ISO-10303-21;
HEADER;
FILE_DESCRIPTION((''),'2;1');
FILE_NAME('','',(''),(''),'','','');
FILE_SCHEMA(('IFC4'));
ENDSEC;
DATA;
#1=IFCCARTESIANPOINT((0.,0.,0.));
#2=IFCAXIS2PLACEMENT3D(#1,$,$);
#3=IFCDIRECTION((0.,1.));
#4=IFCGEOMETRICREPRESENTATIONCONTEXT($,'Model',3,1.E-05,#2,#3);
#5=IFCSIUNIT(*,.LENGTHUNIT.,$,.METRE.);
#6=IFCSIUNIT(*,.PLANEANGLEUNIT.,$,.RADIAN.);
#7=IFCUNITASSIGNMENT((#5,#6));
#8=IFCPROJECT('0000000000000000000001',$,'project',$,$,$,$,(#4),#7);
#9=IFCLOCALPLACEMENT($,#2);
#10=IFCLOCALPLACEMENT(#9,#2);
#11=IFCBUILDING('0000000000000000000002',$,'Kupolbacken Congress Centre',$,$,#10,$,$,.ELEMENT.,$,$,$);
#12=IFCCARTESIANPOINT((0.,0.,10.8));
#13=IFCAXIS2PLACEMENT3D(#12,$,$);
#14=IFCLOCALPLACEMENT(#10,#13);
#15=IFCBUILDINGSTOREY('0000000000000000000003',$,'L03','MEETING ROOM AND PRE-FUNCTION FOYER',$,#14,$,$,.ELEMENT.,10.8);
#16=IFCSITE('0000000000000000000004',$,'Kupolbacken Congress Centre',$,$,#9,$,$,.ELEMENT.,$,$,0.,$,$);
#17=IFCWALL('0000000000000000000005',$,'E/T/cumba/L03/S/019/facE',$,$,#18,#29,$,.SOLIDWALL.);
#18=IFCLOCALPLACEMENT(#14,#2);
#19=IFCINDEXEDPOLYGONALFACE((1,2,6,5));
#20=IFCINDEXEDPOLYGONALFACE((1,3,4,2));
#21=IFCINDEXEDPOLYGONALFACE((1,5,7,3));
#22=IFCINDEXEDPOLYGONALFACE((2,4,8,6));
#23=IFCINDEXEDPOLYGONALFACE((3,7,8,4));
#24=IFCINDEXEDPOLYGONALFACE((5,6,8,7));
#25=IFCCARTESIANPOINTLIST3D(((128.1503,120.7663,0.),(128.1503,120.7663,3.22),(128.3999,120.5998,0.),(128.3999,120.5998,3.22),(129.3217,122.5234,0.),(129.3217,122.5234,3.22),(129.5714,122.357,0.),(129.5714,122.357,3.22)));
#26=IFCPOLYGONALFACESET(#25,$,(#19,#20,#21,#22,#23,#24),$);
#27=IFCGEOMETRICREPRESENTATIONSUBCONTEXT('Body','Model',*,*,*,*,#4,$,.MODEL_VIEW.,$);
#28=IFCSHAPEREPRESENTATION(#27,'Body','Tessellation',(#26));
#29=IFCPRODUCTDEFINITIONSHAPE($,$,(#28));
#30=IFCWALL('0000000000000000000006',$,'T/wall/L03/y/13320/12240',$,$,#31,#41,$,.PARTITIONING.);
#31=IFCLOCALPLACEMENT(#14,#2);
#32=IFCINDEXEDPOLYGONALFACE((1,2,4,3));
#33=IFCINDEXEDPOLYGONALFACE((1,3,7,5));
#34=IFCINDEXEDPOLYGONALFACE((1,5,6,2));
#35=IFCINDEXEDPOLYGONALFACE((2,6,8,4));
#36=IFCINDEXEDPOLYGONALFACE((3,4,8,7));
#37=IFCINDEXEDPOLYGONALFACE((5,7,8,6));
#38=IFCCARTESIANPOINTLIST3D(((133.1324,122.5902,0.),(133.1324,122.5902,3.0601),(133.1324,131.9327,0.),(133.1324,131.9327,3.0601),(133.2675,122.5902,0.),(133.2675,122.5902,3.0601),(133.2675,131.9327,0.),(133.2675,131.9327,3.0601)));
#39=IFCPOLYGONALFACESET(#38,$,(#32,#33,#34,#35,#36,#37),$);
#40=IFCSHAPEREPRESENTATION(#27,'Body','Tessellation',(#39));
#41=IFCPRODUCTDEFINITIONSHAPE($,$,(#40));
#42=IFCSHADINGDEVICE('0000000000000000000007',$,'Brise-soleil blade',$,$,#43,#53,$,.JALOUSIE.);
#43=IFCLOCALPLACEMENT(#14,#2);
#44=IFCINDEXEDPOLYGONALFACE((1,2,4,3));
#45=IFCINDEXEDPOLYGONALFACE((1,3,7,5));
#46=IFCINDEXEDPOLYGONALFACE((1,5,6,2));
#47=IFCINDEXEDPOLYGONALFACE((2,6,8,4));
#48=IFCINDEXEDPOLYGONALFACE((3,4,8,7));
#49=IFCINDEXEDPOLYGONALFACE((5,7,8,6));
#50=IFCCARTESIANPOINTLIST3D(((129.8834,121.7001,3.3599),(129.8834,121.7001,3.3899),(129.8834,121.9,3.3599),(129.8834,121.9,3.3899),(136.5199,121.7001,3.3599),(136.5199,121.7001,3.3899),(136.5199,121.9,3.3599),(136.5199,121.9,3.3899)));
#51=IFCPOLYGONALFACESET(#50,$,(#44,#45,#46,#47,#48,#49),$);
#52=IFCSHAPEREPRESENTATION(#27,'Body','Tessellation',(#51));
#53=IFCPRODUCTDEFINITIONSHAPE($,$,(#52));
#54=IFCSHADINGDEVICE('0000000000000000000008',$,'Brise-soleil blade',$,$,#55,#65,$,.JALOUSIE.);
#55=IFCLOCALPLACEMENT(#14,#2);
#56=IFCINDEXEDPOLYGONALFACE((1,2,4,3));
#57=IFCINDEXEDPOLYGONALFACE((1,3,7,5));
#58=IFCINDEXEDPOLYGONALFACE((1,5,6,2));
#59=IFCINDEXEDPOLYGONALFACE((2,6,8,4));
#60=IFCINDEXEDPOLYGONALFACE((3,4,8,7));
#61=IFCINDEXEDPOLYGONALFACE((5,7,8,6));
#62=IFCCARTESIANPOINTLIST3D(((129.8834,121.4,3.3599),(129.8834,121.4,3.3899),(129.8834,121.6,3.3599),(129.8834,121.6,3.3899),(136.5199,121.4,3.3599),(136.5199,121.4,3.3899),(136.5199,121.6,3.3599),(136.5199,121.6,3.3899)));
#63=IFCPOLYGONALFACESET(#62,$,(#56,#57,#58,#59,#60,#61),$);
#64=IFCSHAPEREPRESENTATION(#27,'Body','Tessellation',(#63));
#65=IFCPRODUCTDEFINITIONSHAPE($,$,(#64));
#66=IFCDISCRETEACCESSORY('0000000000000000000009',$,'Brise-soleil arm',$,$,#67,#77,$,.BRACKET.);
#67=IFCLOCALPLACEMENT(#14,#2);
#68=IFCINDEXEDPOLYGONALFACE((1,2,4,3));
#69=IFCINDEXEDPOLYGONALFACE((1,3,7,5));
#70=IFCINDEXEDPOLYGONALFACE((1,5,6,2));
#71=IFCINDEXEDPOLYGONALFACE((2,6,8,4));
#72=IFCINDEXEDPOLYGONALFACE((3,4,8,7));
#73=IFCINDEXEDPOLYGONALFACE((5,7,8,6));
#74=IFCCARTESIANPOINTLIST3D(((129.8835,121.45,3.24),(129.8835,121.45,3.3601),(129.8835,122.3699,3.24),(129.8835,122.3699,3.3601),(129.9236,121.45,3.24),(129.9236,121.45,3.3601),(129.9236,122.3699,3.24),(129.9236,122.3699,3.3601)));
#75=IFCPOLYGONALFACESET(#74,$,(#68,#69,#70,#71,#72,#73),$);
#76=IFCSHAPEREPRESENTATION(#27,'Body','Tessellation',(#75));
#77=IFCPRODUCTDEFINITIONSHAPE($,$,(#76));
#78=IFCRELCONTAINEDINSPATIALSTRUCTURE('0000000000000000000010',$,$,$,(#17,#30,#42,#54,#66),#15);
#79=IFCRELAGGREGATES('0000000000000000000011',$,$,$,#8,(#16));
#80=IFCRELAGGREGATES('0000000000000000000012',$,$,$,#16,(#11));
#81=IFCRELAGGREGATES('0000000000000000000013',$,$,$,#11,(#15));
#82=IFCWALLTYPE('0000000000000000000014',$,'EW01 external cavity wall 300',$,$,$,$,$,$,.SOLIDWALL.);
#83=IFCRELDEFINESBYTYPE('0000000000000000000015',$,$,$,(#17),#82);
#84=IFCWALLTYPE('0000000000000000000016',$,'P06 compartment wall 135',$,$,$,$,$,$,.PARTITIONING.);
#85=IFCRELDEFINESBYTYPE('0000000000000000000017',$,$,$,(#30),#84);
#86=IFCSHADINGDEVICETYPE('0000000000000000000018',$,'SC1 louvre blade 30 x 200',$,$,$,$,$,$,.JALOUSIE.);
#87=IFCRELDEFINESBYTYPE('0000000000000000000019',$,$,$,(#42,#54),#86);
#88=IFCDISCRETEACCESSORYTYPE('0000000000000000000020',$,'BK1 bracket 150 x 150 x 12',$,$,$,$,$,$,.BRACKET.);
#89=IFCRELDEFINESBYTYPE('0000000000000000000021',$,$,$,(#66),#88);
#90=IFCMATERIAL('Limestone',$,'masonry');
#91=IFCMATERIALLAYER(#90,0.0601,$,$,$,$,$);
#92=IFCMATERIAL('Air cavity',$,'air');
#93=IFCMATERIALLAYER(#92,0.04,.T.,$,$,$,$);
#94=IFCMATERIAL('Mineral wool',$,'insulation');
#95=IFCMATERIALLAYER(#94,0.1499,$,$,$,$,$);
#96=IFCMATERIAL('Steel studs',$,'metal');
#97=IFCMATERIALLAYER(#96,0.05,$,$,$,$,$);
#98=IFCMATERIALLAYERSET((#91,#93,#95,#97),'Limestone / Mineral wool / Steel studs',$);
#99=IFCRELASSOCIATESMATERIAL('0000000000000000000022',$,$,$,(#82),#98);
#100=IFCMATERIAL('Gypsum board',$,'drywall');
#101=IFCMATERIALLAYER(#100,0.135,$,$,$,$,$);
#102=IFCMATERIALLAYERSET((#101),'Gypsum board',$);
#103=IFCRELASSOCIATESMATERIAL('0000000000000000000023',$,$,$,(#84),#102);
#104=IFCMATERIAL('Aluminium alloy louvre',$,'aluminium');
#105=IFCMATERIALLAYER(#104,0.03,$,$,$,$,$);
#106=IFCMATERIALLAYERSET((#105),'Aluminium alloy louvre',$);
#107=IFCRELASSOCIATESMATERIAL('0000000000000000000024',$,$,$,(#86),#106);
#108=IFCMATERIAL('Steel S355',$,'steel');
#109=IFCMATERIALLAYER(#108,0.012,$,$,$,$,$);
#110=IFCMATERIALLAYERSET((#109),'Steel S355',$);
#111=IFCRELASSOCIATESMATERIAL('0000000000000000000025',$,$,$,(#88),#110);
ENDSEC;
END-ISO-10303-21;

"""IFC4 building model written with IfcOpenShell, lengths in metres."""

from ifc_helpers import new_model, si_unit, direction, frame, frame_2d, origin, origin_2d, place, context, subcontext, project, spatial, rectangle, extrude, material, layer, layer_set, type_object, element, save


model = new_model("IFC4")

# Units and contexts
model_context = context("Model", 3, precision=1e-05, world=origin(), true_north=direction((0.0, 1.0)))
body_context = subcontext(model_context, "Body", "Model", "MODEL_VIEW")
ifc_project = project(units=[si_unit("LENGTHUNIT", "METRE"), si_unit("PLANEANGLEUNIT", "RADIAN")], contexts=[model_context])

# Site, building, storey
site_placement = place(None, origin())
site = spatial("IfcSite", under=ifc_project, at=site_placement, Name="Kupolbacken Congress Centre", CompositionType="ELEMENT", RefElevation=0.0)
building_placement = place(site_placement, origin())
building = spatial("IfcBuilding", under=site, at=building_placement, Name="Kupolbacken Congress Centre", CompositionType="ELEMENT")
storey_placement = place(building_placement, frame((0.0, 0.0, 10.8)))
storey = spatial("IfcBuildingStorey", under=building, at=storey_placement, Name="L03", Description="MEETING ROOM AND PRE-FUNCTION FOYER", CompositionType="ELEMENT", Elevation=10.8)

# Walls
ifc_material_1 = material(Name="Limestone", Category="masonry")
ifc_layer_1 = layer(ifc_material_1, 0.0601)
ifc_material_2 = material(Name="Air cavity", Category="air")
ifc_layer_2 = layer(ifc_material_2, 0.04, ventilated=True)
ifc_material_3 = material(Name="Mineral wool", Category="insulation")
ifc_layer_3 = layer(ifc_material_3, 0.1499)
ifc_material_4 = material(Name="Steel studs", Category="metal")
ifc_layer_4 = layer(ifc_material_4, 0.05)
ifc_layer_set_1 = layer_set([ifc_layer_1, ifc_layer_2, ifc_layer_3, ifc_layer_4], Name="Limestone / Mineral wool / Steel studs")
wall_type_1 = type_object("IfcWallType", Name="EW01 external cavity wall 300", PredefinedType="SOLIDWALL", material=ifc_layer_set_1)
wall_1_placement = place(storey_placement, frame((129.4465, 122.4402, 0.0), z_axis=(0.0, 0.0, 1.0), x_axis=(-0.5547, -0.83205, 0.0)))
element("IfcWall", 1, at=wall_1_placement, inside=storey, type_object=wall_type_1, Name="E/T/cumba/L03/S/019/facE", PredefinedType="SOLIDWALL", context=body_context, shape_type="SweptSolid", body=[
    extrude(rectangle(XDim=2.1118, YDim=0.3, at=frame_2d((1.0559, 0.0))), origin(), (0.0, 0.0, 1.0), 3.22),
])
ifc_material_5 = material(Name="Gypsum board", Category="drywall")
ifc_layer_5 = layer(ifc_material_5, 0.135)
ifc_layer_set_2 = layer_set([ifc_layer_5], Name="Gypsum board")
wall_type_2 = type_object("IfcWallType", Name="P06 compartment wall 135", PredefinedType="PARTITIONING", material=ifc_layer_set_2)
wall_2_placement = place(storey_placement, frame((133.2, 122.5901, 0.0), z_axis=(0.0, 0.0, 1.0), x_axis=(0.0, 1.0, 0.0)))
element("IfcWall", 2, at=wall_2_placement, inside=storey, type_object=wall_type_2, Name="T/wall/L03/y/13320/12240", PredefinedType="PARTITIONING", context=body_context, shape_type="SweptSolid", body=[
    extrude(rectangle(XDim=9.3425, YDim=0.135, at=frame_2d((4.6714, 0.0))), origin(), (0.0, 0.0, 1.0), 3.0601),
])

# Shading devices
ifc_material_6 = material(Name="Aluminium alloy louvre", Category="aluminium")
ifc_layer_6 = layer(ifc_material_6, 0.03)
ifc_layer_set_3 = layer_set([ifc_layer_6], Name="Aluminium alloy louvre")
shading_device_type = type_object("IfcShadingDeviceType", Name="SC1 louvre blade 30 x 200", PredefinedType="JALOUSIE", material=ifc_layer_set_3)
for number, where, z_axis, x_axis, name in (
    (3, (133.2017, 121.8, 3.3599), (0.0, 0.0, 1.0), (1.0, 0.0, 0.0), "Brise-soleil blade"),
    (4, (133.2017, 121.5, 3.3599), (0.0, 0.0, 1.0), (1.0, 0.0, 0.0), "Brise-soleil blade"),
):
    element("IfcShadingDevice", number, at=place(storey_placement, frame(where, z_axis=z_axis, x_axis=x_axis)), inside=storey, type_object=shading_device_type, Name=name, PredefinedType="JALOUSIE", context=body_context, shape_type="SweptSolid", body=[
        extrude(rectangle(XDim=6.6365, YDim=0.2, at=origin_2d()), origin(), (0.0, 0.0, 1.0), 0.03),
    ])

# Discrete accessory
ifc_material_7 = material(Name="Steel S355", Category="steel")
ifc_layer_7 = layer(ifc_material_7, 0.012)
ifc_layer_set_4 = layer_set([ifc_layer_7], Name="Steel S355")
discrete_accessory_type = type_object("IfcDiscreteAccessoryType", Name="BK1 bracket 150 x 150 x 12", PredefinedType="BRACKET", material=ifc_layer_set_4)
discrete_accessory_placement = place(storey_placement, frame((129.9036, 121.9099, 3.24), z_axis=(0.0, 0.0, 1.0), x_axis=(1.0, 0.0, 0.0)))
element("IfcDiscreteAccessory", 5, at=discrete_accessory_placement, inside=storey, type_object=discrete_accessory_type, Name="Brise-soleil arm", PredefinedType="BRACKET", context=body_context, shape_type="SweptSolid", body=[
    extrude(rectangle(XDim=0.04, YDim=0.9199, at=origin_2d()), origin(), (0.0, 0.0, 1.0), 0.1201),
])

save(model, "model.ifc")
